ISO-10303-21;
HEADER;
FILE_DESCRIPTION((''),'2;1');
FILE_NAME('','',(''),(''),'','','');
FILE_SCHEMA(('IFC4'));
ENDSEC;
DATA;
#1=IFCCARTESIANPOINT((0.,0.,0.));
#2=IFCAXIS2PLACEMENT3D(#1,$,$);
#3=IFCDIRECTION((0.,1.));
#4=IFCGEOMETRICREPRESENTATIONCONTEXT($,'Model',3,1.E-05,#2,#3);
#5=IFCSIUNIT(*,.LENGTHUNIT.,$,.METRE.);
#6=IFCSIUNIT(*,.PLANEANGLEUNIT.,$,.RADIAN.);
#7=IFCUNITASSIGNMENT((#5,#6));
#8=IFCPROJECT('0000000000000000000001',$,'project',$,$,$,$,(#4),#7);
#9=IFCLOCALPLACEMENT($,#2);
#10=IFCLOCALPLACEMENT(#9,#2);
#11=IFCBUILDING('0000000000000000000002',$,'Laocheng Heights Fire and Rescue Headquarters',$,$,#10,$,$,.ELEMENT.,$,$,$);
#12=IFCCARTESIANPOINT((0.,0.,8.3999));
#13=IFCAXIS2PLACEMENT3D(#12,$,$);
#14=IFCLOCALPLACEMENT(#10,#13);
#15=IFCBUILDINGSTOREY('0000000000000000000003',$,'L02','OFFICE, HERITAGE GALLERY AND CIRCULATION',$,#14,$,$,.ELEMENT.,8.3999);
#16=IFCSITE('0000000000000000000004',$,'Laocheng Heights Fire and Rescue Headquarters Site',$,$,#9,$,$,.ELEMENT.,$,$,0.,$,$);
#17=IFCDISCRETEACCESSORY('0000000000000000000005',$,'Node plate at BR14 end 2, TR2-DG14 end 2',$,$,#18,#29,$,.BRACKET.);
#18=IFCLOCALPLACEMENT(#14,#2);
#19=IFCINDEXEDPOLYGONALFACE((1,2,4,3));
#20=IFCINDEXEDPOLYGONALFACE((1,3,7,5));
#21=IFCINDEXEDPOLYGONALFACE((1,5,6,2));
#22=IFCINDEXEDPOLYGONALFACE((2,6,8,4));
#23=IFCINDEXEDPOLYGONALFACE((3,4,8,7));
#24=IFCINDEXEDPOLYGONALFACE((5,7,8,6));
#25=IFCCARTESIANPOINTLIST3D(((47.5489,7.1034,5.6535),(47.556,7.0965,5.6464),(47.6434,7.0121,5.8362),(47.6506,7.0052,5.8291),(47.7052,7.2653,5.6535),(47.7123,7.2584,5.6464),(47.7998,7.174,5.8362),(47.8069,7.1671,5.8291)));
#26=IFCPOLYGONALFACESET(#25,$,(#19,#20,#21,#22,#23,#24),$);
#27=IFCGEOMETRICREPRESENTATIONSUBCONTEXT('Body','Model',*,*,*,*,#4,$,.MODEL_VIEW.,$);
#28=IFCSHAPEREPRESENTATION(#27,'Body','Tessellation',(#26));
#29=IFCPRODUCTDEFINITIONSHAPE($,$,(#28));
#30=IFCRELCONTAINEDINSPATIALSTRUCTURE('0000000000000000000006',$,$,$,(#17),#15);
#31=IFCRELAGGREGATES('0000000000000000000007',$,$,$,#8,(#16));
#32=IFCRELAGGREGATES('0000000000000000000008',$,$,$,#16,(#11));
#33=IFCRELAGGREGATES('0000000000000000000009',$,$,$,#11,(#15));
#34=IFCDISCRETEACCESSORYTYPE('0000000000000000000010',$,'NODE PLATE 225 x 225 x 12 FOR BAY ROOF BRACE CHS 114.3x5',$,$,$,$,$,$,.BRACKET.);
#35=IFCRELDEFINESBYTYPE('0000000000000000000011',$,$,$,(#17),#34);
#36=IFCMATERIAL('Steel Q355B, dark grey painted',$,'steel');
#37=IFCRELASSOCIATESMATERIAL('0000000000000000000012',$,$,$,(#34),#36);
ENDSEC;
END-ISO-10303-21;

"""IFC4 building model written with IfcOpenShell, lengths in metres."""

from ifc_helpers import new_model, si_unit, direction, frame, origin, origin_2d, place, context, subcontext, project, spatial, rectangle, extrude, material, material_profile, profile_set, type_object, element, save


model = new_model("IFC4")

# Units and contexts
model_context = context("Model", 3, precision=1e-05, world=origin(), true_north=direction((0.0, 1.0)))
body_context = subcontext(model_context, "Body", "Model", "MODEL_VIEW")
ifc_project = project(units=[si_unit("LENGTHUNIT", "METRE"), si_unit("PLANEANGLEUNIT", "RADIAN")], contexts=[model_context])

# Site, building, storey
site_placement = place(None, origin())
site = spatial("IfcSite", under=ifc_project, at=site_placement, Name="Laocheng Heights Fire and Rescue Headquarters Site", CompositionType="ELEMENT", RefElevation=0.0)
building_placement = place(site_placement, origin())
building = spatial("IfcBuilding", under=site, at=building_placement, Name="Laocheng Heights Fire and Rescue Headquarters", CompositionType="ELEMENT")
storey_placement = place(building_placement, frame((0.0, 0.0, 8.3999)))
storey = spatial("IfcBuildingStorey", under=building, at=storey_placement, Name="L02", Description="OFFICE, HERITAGE GALLERY AND CIRCULATION", CompositionType="ELEMENT", Elevation=8.3999)

# Discrete accessory
ifc_material_1 = material(Name="Steel Q355B, dark grey painted", Category="steel")
ifc_material_profile_1 = material_profile(ifc_material_1, rectangle(XDim=0.2251, YDim=0.2251, at=origin_2d()), Name="NODE PLATE 225 x 225 x 12 FOR BAY ROOF BRACE CHS 114.3x5")
ifc_profile_set_1 = profile_set([ifc_material_profile_1], Name="Steel Q355B, dark grey painted")
discrete_accessory_type_1 = type_object("IfcDiscreteAccessoryType", Name="NODE PLATE 225 x 225 x 12 FOR BAY ROOF BRACE CHS 114.3x5", PredefinedType="BRACKET", material=ifc_profile_set_1)
discrete_accessory_1_placement = place(storey_placement, frame((47.6743, 7.1387, 5.7449), z_axis=(0.583985, -0.563847, -0.583985), x_axis=(0.694595, 0.719401, 0.0)))
element("IfcDiscreteAccessory", 1, at=discrete_accessory_1_placement, inside=storey, type_object=discrete_accessory_type_1, Name="Node plate at BR14 end 2, TR2-DG14 end 2", PredefinedType="BRACKET", context=body_context, shape_type="SweptSolid", body=[
    extrude(rectangle(XDim=0.2251, YDim=0.2251, at=origin_2d()), origin(), (0.0, 0.0, 1.0), 0.0122),
])

save(model, "model.ifc")
